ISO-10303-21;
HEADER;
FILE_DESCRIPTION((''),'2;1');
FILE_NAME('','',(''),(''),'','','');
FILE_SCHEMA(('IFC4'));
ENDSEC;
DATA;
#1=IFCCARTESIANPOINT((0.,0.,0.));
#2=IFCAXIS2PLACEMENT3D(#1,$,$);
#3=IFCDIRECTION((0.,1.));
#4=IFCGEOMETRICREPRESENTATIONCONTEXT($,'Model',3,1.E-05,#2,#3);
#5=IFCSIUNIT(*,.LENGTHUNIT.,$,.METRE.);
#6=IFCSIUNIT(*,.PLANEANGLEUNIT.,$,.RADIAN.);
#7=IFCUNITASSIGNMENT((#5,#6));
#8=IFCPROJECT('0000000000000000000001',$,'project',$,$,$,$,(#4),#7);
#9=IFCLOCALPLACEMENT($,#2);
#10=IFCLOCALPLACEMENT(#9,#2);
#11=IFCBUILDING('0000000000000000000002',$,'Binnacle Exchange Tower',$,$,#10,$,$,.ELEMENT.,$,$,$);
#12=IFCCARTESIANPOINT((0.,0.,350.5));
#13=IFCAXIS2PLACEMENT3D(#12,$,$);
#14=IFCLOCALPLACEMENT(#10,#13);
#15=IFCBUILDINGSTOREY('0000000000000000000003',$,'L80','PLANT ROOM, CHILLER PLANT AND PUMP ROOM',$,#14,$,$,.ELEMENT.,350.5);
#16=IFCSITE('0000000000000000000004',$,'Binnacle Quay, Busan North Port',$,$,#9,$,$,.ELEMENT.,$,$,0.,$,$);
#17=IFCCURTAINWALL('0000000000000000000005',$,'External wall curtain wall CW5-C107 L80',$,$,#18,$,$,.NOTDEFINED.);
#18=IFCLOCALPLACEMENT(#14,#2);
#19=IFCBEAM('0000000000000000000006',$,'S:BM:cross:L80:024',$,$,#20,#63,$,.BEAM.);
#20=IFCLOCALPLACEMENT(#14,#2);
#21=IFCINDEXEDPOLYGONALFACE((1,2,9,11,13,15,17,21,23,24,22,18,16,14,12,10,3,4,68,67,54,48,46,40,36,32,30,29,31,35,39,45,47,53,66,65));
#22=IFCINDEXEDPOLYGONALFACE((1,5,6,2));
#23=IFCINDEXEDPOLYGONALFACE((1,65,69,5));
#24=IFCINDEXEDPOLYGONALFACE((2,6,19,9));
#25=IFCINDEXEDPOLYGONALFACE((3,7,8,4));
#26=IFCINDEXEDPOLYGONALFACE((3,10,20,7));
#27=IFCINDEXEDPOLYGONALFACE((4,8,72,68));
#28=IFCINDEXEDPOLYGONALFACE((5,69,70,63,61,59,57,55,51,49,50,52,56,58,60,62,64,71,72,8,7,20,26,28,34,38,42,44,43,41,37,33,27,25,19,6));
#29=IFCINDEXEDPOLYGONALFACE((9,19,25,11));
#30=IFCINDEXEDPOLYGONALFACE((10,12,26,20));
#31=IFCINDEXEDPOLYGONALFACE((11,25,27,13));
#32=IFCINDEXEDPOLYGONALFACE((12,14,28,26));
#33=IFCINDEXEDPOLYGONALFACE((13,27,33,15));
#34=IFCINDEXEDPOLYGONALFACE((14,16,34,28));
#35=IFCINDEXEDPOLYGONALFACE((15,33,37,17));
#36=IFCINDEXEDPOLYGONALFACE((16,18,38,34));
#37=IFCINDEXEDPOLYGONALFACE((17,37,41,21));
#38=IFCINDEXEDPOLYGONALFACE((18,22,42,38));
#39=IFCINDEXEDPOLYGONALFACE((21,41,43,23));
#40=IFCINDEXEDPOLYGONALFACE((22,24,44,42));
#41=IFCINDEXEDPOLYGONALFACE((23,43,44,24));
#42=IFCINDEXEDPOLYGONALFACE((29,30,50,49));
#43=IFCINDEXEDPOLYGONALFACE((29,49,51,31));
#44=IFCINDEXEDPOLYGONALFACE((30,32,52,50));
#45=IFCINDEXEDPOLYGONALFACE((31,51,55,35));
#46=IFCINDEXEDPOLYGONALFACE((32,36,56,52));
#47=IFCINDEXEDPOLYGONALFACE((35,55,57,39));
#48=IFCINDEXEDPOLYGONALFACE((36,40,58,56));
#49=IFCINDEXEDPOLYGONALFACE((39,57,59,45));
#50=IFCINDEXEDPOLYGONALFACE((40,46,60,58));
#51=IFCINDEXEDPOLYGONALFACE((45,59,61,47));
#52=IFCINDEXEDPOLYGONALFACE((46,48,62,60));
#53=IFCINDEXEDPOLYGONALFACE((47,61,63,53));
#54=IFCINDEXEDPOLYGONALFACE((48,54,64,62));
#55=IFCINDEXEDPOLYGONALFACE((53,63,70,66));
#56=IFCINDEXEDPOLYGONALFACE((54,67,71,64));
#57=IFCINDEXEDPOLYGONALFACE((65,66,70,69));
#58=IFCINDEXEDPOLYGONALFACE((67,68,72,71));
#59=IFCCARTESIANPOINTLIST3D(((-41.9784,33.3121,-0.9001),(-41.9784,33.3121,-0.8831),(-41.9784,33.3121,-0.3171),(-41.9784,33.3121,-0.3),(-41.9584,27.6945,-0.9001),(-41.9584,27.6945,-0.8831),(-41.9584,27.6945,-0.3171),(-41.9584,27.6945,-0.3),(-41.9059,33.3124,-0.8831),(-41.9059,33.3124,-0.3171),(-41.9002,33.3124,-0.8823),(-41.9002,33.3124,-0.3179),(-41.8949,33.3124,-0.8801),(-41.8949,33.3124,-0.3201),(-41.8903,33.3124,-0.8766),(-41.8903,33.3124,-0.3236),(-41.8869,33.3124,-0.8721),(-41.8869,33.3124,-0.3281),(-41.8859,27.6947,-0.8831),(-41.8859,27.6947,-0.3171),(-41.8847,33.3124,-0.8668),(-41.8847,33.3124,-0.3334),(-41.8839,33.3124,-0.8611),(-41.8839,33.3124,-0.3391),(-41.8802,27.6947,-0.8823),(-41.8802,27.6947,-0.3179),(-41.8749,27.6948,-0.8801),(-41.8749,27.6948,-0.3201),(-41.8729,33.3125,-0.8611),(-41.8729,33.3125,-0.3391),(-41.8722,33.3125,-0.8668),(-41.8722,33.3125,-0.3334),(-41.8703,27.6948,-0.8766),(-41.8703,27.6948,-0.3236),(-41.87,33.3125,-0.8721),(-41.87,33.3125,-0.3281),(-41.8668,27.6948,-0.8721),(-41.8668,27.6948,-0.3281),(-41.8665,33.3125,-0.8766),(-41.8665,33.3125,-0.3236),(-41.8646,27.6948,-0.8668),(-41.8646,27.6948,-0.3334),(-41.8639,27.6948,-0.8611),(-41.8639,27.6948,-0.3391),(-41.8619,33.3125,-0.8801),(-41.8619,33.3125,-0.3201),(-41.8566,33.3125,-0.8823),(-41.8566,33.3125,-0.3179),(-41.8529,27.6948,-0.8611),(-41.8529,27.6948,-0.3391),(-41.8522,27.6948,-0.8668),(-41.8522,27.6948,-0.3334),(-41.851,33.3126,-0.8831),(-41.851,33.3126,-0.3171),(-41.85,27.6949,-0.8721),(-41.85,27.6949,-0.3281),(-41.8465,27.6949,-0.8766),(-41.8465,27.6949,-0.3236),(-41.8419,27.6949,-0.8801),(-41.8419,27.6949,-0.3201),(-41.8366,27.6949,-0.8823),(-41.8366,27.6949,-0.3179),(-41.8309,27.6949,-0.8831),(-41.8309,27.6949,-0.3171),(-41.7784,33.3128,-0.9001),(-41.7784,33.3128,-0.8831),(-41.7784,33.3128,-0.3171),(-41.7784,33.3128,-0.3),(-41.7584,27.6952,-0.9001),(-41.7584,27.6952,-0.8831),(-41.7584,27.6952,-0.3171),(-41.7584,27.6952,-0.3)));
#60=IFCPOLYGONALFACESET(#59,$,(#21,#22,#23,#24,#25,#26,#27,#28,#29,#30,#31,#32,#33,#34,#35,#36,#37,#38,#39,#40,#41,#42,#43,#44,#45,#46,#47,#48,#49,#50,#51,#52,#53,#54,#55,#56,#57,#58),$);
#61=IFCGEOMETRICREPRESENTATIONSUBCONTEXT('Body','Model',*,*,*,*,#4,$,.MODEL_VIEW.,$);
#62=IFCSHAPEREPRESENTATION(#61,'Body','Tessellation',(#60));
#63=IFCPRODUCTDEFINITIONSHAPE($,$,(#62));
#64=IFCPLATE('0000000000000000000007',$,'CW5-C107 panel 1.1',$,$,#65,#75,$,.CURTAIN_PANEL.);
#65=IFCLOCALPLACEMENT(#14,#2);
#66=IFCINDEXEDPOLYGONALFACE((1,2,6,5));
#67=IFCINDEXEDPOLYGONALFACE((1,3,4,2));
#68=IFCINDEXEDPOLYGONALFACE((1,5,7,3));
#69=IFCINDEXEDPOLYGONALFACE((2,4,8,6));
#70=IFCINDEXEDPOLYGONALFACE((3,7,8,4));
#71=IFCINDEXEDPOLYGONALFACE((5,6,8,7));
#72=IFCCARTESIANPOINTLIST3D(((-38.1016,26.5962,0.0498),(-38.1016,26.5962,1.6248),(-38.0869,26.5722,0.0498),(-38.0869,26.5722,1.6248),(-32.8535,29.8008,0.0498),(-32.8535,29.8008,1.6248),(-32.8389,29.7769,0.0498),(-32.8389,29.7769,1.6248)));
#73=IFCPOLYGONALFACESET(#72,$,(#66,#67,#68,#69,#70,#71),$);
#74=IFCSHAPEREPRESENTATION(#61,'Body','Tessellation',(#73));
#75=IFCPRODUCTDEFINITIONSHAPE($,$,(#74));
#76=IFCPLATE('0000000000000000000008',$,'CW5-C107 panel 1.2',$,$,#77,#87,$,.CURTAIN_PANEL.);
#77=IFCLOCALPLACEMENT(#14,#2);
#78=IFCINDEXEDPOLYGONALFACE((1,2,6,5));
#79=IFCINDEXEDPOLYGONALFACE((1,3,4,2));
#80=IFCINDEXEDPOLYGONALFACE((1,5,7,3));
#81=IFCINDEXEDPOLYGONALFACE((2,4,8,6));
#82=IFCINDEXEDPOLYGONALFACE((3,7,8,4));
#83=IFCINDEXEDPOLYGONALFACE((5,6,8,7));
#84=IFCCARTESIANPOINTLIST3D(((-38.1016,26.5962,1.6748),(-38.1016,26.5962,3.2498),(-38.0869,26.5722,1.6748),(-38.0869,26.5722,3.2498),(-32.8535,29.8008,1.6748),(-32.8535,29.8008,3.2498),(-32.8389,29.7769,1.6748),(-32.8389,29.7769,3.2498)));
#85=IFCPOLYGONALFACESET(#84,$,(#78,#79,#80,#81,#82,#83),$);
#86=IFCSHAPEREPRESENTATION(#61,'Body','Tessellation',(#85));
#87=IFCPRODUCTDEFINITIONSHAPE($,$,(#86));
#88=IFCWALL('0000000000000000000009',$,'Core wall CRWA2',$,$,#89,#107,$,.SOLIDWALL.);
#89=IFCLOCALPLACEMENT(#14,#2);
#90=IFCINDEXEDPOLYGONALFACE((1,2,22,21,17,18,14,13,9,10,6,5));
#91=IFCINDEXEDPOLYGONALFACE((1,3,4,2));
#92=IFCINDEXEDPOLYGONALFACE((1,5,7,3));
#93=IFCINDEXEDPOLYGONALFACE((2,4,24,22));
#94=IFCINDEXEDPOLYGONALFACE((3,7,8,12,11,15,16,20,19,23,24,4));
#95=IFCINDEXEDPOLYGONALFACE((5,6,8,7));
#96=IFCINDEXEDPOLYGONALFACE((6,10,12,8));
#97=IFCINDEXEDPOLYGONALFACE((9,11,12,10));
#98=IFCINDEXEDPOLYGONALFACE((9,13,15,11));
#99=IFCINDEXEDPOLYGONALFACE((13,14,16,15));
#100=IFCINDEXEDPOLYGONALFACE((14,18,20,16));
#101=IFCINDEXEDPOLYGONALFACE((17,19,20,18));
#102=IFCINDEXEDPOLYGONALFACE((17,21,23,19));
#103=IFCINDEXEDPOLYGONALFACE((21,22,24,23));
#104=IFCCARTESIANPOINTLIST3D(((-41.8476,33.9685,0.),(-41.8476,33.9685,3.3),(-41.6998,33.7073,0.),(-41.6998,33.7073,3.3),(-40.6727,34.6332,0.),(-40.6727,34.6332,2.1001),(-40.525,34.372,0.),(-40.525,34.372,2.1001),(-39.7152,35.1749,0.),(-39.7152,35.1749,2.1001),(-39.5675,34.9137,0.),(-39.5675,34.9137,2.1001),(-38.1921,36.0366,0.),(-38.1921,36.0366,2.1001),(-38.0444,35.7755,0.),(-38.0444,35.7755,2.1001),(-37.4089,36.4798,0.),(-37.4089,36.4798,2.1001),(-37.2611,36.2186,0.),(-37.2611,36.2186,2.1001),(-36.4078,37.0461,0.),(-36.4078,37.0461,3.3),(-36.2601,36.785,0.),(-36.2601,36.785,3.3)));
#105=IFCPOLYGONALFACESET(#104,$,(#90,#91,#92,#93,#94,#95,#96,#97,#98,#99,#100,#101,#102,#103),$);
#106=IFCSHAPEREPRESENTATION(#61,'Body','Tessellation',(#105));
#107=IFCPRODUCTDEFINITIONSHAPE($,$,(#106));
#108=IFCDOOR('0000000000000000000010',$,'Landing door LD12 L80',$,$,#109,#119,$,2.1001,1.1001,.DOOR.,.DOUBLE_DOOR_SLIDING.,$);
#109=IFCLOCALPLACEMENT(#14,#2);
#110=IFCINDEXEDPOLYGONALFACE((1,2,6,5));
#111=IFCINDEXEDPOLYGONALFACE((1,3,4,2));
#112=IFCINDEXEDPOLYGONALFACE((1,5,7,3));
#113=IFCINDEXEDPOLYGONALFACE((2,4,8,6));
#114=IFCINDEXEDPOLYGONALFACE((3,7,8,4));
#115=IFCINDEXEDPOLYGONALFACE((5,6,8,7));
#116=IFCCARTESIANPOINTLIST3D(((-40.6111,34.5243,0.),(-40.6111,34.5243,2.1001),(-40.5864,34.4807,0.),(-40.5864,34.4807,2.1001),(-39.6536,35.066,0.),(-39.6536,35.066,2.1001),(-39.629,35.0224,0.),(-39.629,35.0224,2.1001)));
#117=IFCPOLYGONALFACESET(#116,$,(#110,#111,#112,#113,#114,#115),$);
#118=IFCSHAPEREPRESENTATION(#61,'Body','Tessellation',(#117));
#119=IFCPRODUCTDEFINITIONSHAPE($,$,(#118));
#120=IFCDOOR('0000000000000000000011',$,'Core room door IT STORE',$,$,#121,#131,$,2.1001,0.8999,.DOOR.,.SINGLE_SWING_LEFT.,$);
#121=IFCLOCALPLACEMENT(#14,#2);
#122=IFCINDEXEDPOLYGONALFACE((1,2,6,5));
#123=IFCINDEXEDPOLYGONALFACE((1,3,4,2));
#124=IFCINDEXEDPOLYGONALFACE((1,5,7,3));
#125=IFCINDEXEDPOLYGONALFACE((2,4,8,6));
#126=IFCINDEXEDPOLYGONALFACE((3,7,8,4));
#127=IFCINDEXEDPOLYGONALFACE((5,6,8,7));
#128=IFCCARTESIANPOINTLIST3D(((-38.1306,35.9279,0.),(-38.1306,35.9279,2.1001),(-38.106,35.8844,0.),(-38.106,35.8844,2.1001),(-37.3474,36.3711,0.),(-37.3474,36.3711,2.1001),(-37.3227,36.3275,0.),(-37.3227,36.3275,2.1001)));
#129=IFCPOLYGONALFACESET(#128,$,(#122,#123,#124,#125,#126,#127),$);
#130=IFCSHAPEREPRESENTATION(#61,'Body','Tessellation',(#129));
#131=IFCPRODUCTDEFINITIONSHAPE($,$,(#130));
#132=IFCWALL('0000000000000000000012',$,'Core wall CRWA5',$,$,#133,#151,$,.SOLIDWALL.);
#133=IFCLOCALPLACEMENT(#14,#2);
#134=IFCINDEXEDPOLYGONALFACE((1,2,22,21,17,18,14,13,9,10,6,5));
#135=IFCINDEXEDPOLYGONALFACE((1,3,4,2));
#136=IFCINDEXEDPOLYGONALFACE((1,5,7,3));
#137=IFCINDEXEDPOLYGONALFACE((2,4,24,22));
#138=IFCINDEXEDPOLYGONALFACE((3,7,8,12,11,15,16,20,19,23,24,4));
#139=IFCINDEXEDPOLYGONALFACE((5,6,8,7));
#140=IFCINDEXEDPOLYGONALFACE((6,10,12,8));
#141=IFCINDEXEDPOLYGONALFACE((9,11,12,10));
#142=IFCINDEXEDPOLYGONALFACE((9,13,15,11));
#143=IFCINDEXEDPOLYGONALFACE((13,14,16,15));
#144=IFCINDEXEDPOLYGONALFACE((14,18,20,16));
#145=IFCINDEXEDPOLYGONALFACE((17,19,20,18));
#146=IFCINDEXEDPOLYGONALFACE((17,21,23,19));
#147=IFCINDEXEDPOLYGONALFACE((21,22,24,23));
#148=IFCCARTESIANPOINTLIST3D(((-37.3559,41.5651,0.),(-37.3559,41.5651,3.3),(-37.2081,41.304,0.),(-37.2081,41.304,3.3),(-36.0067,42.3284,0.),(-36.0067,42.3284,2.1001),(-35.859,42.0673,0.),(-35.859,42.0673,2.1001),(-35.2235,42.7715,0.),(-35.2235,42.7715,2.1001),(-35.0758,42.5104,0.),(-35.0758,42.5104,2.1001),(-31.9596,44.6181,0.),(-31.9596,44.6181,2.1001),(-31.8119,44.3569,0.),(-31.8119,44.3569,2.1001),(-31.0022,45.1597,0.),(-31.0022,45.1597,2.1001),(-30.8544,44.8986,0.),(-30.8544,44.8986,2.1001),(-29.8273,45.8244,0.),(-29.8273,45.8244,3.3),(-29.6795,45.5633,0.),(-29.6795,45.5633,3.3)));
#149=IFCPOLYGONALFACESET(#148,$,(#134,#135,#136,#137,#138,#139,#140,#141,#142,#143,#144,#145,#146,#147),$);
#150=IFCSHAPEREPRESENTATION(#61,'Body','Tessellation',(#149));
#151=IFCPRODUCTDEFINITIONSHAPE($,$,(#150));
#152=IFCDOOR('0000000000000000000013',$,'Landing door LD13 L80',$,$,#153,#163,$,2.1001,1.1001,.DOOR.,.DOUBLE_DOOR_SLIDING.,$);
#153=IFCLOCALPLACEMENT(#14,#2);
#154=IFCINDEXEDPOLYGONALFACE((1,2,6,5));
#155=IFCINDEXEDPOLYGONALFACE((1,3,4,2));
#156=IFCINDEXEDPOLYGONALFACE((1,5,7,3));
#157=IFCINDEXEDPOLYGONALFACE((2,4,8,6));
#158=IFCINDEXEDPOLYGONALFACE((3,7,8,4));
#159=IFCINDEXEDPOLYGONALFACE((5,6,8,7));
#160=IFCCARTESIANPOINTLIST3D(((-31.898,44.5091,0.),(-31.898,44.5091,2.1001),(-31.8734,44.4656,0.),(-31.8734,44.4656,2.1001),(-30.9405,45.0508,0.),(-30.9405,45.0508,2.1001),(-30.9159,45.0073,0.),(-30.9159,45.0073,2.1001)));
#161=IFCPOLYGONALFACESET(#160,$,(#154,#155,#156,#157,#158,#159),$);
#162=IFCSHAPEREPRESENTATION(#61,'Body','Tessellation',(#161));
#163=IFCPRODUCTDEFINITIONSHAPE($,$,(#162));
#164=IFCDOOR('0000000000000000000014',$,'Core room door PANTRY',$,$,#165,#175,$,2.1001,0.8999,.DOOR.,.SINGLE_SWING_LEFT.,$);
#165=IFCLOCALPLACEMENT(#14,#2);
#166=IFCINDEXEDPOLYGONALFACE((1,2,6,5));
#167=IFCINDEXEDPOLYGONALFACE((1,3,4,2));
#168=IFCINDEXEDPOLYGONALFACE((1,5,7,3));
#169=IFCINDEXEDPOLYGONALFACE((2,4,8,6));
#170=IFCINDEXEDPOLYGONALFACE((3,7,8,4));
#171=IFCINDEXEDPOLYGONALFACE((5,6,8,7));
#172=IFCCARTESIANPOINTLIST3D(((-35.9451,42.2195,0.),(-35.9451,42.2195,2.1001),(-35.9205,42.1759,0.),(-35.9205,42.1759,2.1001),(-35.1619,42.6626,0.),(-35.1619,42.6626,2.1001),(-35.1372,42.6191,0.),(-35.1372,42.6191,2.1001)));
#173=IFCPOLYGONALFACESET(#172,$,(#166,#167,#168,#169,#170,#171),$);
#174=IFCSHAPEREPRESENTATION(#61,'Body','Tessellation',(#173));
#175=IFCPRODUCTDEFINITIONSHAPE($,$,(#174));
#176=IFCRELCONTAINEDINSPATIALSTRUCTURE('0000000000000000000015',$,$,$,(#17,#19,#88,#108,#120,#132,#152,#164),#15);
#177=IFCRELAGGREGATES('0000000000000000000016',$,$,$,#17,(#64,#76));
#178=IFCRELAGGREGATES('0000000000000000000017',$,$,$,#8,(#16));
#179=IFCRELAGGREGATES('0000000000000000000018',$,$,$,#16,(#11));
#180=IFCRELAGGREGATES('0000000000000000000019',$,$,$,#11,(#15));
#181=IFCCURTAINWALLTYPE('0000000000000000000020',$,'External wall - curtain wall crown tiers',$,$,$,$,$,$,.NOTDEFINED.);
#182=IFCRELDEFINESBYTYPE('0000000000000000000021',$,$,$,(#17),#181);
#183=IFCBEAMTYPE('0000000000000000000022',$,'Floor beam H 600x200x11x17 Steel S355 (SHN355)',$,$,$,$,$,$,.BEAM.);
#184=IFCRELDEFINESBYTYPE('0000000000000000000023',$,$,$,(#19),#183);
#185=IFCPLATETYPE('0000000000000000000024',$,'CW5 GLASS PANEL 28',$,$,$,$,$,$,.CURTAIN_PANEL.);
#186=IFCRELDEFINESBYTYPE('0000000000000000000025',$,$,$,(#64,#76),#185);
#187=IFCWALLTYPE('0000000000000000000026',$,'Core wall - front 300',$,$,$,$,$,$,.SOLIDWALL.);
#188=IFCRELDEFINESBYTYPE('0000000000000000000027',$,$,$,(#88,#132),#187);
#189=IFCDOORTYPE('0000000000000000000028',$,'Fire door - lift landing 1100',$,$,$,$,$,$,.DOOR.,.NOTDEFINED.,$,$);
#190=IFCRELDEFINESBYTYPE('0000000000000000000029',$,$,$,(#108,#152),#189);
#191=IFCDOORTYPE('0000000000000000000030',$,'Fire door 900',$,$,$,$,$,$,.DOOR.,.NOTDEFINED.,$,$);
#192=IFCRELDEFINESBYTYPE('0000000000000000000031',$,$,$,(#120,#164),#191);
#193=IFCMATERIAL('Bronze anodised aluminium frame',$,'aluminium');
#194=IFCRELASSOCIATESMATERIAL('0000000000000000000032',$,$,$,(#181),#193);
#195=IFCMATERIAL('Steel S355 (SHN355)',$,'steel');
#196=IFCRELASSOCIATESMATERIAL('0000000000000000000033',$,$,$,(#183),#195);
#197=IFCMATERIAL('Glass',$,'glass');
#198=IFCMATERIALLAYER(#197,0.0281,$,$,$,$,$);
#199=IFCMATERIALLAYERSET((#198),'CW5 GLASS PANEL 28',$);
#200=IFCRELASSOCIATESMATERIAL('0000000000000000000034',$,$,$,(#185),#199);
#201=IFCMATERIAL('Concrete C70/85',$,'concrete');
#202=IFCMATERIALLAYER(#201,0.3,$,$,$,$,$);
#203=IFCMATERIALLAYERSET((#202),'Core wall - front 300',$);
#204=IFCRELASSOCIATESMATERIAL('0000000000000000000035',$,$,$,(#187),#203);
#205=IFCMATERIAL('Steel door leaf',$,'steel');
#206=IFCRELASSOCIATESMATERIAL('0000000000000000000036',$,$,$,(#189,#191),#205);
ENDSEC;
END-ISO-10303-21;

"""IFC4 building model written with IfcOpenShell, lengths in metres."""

from ifc_helpers import new_model, si_unit, direction, frame, frame_2d, origin, origin_2d, place, context, subcontext, project, spatial, rectangle, i_section, extrude, material, layer, layer_set, material_profile, profile_set, type_object, element, fill, aggregate, save


model = new_model("IFC4")

# Units and contexts
model_context = context("Model", 3, precision=1e-05, world=origin(), true_north=direction((0.0, 1.0)))
body_context = subcontext(model_context, "Body", "Model", "MODEL_VIEW")
ifc_project = project(units=[si_unit("LENGTHUNIT", "METRE"), si_unit("PLANEANGLEUNIT", "RADIAN")], contexts=[model_context])

# Site, building, storey
site_placement = place(None, origin())
site = spatial("IfcSite", under=ifc_project, at=site_placement, Name="Binnacle Quay, Busan North Port", CompositionType="ELEMENT", RefElevation=0.0)
building_placement = place(site_placement, origin())
building = spatial("IfcBuilding", under=site, at=building_placement, Name="Binnacle Exchange Tower", CompositionType="ELEMENT")
storey_placement = place(building_placement, frame((0.0, 0.0, 350.5)))
storey = spatial("IfcBuildingStorey", under=building, at=storey_placement, Name="L80", Description="PLANT ROOM, CHILLER PLANT AND PUMP ROOM", CompositionType="ELEMENT", Elevation=350.5)

# Shared definitions
ifc_material_1 = material(Name="Steel S355 (SHN355)", Category="steel")

# Curtain wall
ifc_material_2 = material(Name="Bronze anodised aluminium frame", Category="aluminium")
curtain_wall_type = type_object("IfcCurtainWallType", Name="External wall - curtain wall crown tiers", PredefinedType="NOTDEFINED", material=ifc_material_2)
curtain_wall_placement = place(storey_placement, origin())
curtain_wall = element("IfcCurtainWall", 1, at=curtain_wall_placement, inside=storey, type_object=curtain_wall_type, Name="External wall curtain wall CW5-C107 L80", PredefinedType="NOTDEFINED")

# Beam
ifc_material_profile_1 = material_profile(ifc_material_1, i_section(OverallWidth=0.2, OverallDepth=0.6001, WebThickness=0.011, FlangeThickness=0.0171, FilletRadius=0.022, at=origin_2d()), Name="H 600x200x11x17")
ifc_profile_set_1 = profile_set([ifc_material_profile_1], Name="Steel S355 (SHN355)")
beam_type_1 = type_object("IfcBeamType", Name="Floor beam H 600x200x11x17 Steel S355 (SHN355)", PredefinedType="BEAM", material=ifc_profile_set_1)
beam_1_placement = place(storey_placement, frame((-41.8584, 27.6948, -0.6001), z_axis=(-0.003564, 0.999994, 0.0), x_axis=(-0.999994, -0.003564, 0.0)))
element("IfcBeam", 2, at=beam_1_placement, inside=storey, type_object=beam_type_1, Name="S:BM:cross:L80:024", PredefinedType="BEAM", context=body_context, shape_type="SweptSolid", body=[
    extrude(i_section(OverallWidth=0.2, OverallDepth=0.6001, WebThickness=0.011, FlangeThickness=0.0171, FilletRadius=0.022, at=origin_2d()), origin(), (0.0, 0.0, 1.0), 5.6177),
])

# Plates
ifc_material_3 = material(Name="Glass", Category="glass")
ifc_layer_1 = layer(ifc_material_3, 0.0281)
ifc_layer_set_1 = layer_set([ifc_layer_1], Name="CW5 GLASS PANEL 28")
plate_type = type_object("IfcPlateType", Name="CW5 GLASS PANEL 28", PredefinedType="CURTAIN_PANEL", material=ifc_layer_set_1)
plate_1_placement = place(storey_placement, frame((-35.4702, 28.1865, 0.0498), z_axis=(0.0, 0.0, 1.0), x_axis=(0.853461, 0.521157, 0.0)))
plate_1 = element("IfcPlate", 3, at=plate_1_placement, type_object=plate_type, Name="CW5-C107 panel 1.1", PredefinedType="CURTAIN_PANEL", context=body_context, shape_type="SweptSolid", body=[
    extrude(rectangle(XDim=6.1492, YDim=0.0281, at=origin_2d()), origin(), (0.0, 0.0, 1.0), 1.575),
])
plate_2_placement = place(storey_placement, frame((-35.4702, 28.1865, 1.6748), z_axis=(0.0, 0.0, 1.0), x_axis=(0.853461, 0.521157, 0.0)))
plate_2 = element("IfcPlate", 4, at=plate_2_placement, type_object=plate_type, Name="CW5-C107 panel 1.2", PredefinedType="CURTAIN_PANEL", context=body_context, shape_type="SweptSolid", body=[
    extrude(rectangle(XDim=6.1492, YDim=0.0281, at=origin_2d()), origin(), (0.0, 0.0, 1.0), 1.575),
])
aggregate(curtain_wall, [plate_1, plate_2])

# Walls, openings, doors
ifc_material_4 = material(Name="Concrete C70/85", Category="concrete")
ifc_layer_2 = layer(ifc_material_4, 0.3)
ifc_layer_set_2 = layer_set([ifc_layer_2], Name="Core wall - front 300")
wall_type_1 = type_object("IfcWallType", Name="Core wall - front 300", PredefinedType="SOLIDWALL", material=ifc_layer_set_2)
wall_1_placement = place(storey_placement, frame((-41.7737, 33.8379, 0.0), z_axis=(0.0, 0.0, 1.0), x_axis=(0.870355, 0.492424, 0.0)))
wall_1 = element("IfcWall", 5, at=wall_1_placement, inside=storey, type_object=wall_type_1, Name="Core wall CRWA2", PredefinedType="SOLIDWALL", context=body_context, shape_type="SweptSolid", body=[
    extrude(rectangle(XDim=6.25, YDim=0.3, at=frame_2d((3.125, 0.0))), origin(), (0.0, 0.0, 1.0), 3.3),
])
opening_1_placement = place(wall_1_placement, frame((1.3499, 0.0, 0.0)))
opening_1 = element("IfcOpeningElement", 6, at=opening_1_placement, cuts=wall_1, PredefinedType="OPENING", context=body_context, shape_type="SweptSolid", body=[
    extrude(rectangle(XDim=1.1001, YDim=2.1001, at=frame_2d((0.55, 1.05))), frame((0.0, 0.1599, 0.0), z_axis=(0.0, -1.0, 0.0), x_axis=(1.0, 0.0, 0.0)), (0.0, 0.0, 1.0), 0.3201),
])
opening_2_placement = place(wall_1_placement, frame((4.2, 0.0, 0.0)))
opening_2 = element("IfcOpeningElement", 7, at=opening_2_placement, cuts=wall_1, PredefinedType="OPENING", context=body_context, shape_type="SweptSolid", body=[
    extrude(rectangle(XDim=0.8999, YDim=2.1001, at=frame_2d((0.45, 1.05))), frame((0.0, 0.1599, 0.0), z_axis=(0.0, -1.0, 0.0), x_axis=(1.0, 0.0, 0.0)), (0.0, 0.0, 1.0), 0.3201),
])
ifc_material_5 = material(Name="Steel door leaf", Category="steel")
door_type_1 = type_object("IfcDoorType", Name="Fire door - lift landing 1100", OperationType="NOTDEFINED", PredefinedType="DOOR", material=ifc_material_5)
door_1_placement = place(opening_1_placement, origin())
door_1 = element("IfcDoor", 8, at=door_1_placement, inside=storey, type_object=door_type_1, Name="Landing door LD12 L80", OperationType="DOUBLE_DOOR_SLIDING", OverallHeight=2.1001, OverallWidth=1.1001, PredefinedType="DOOR", context=body_context, shape_type="SweptSolid", body=[
    extrude(rectangle(XDim=1.1001, YDim=2.1001, at=frame_2d((0.55, 1.05))), frame((0.0, 0.0249, 0.0), z_axis=(0.0, -1.0, 0.0), x_axis=(1.0, 0.0, 0.0)), (0.0, 0.0, 1.0), 0.05),
])
fill(opening_1, door_1)
door_type_2 = type_object("IfcDoorType", Name="Fire door 900", OperationType="NOTDEFINED", PredefinedType="DOOR", material=ifc_material_5)
door_2_placement = place(opening_2_placement, frame((0.8999, 0.0, 0.0), z_axis=(0.0, 0.0, 1.0), x_axis=(-1.0, 0.0, 0.0)))
door_2 = element("IfcDoor", 9, at=door_2_placement, inside=storey, type_object=door_type_2, Name="Core room door IT STORE", OperationType="SINGLE_SWING_LEFT", OverallHeight=2.1001, OverallWidth=0.8999, PredefinedType="DOOR", context=body_context, shape_type="SweptSolid", body=[
    extrude(rectangle(XDim=0.8999, YDim=2.1001, at=frame_2d((0.45, 1.05))), frame((0.0, 0.0249, 0.0), z_axis=(0.0, -1.0, 0.0), x_axis=(1.0, 0.0, 0.0)), (0.0, 0.0, 1.0), 0.05),
])
fill(opening_2, door_2)
wall_2_placement = place(storey_placement, frame((-37.282, 41.4346, 0.0), z_axis=(0.0, 0.0, 1.0), x_axis=(0.870365, 0.492408, 0.0)))
wall_2 = element("IfcWall", 10, at=wall_2_placement, inside=storey, type_object=wall_type_1, Name="Core wall CRWA5", PredefinedType="SOLIDWALL", context=body_context, shape_type="SweptSolid", body=[
    extrude(rectangle(XDim=8.6499, YDim=0.3, at=frame_2d((4.325, 0.0))), origin(), (0.0, 0.0, 1.0), 3.3),
])
opening_3_placement = place(wall_2_placement, frame((6.2, 0.0, 0.0)))
opening_3 = element("IfcOpeningElement", 11, at=opening_3_placement, cuts=wall_2, PredefinedType="OPENING", context=body_context, shape_type="SweptSolid", body=[
    extrude(rectangle(XDim=1.1001, YDim=2.1001, at=frame_2d((0.55, 1.05))), frame((0.0, 0.1599, 0.0), z_axis=(0.0, -1.0, 0.0), x_axis=(1.0, 0.0, 0.0)), (0.0, 0.0, 1.0), 0.3201),
])
opening_4_placement = place(wall_2_placement, frame((1.55, 0.0, 0.0)))
opening_4 = element("IfcOpeningElement", 12, at=opening_4_placement, cuts=wall_2, PredefinedType="OPENING", context=body_context, shape_type="SweptSolid", body=[
    extrude(rectangle(XDim=0.8999, YDim=2.1001, at=frame_2d((0.45, 1.05))), frame((0.0, 0.1599, 0.0), z_axis=(0.0, -1.0, 0.0), x_axis=(1.0, 0.0, 0.0)), (0.0, 0.0, 1.0), 0.3201),
])
door_3_placement = place(opening_3_placement, origin())
door_3 = element("IfcDoor", 13, at=door_3_placement, inside=storey, type_object=door_type_1, Name="Landing door LD13 L80", OperationType="DOUBLE_DOOR_SLIDING", OverallHeight=2.1001, OverallWidth=1.1001, PredefinedType="DOOR", context=body_context, shape_type="SweptSolid", body=[
    extrude(rectangle(XDim=1.1001, YDim=2.1001, at=frame_2d((0.55, 1.05))), frame((0.0, 0.0249, 0.0), z_axis=(0.0, -1.0, 0.0), x_axis=(1.0, 0.0, 0.0)), (0.0, 0.0, 1.0), 0.05),
])
fill(opening_3, door_3)
door_4_placement = place(opening_4_placement, origin())
door_4 = element("IfcDoor", 14, at=door_4_placement, inside=storey, type_object=door_type_2, Name="Core room door PANTRY", OperationType="SINGLE_SWING_LEFT", OverallHeight=2.1001, OverallWidth=0.8999, PredefinedType="DOOR", context=body_context, shape_type="SweptSolid", body=[
    extrude(rectangle(XDim=0.8999, YDim=2.1001, at=frame_2d((0.45, 1.05))), frame((0.0, 0.0249, 0.0), z_axis=(0.0, -1.0, 0.0), x_axis=(1.0, 0.0, 0.0)), (0.0, 0.0, 1.0), 0.05),
])
fill(opening_4, door_4)

save(model, "model.ifc")
